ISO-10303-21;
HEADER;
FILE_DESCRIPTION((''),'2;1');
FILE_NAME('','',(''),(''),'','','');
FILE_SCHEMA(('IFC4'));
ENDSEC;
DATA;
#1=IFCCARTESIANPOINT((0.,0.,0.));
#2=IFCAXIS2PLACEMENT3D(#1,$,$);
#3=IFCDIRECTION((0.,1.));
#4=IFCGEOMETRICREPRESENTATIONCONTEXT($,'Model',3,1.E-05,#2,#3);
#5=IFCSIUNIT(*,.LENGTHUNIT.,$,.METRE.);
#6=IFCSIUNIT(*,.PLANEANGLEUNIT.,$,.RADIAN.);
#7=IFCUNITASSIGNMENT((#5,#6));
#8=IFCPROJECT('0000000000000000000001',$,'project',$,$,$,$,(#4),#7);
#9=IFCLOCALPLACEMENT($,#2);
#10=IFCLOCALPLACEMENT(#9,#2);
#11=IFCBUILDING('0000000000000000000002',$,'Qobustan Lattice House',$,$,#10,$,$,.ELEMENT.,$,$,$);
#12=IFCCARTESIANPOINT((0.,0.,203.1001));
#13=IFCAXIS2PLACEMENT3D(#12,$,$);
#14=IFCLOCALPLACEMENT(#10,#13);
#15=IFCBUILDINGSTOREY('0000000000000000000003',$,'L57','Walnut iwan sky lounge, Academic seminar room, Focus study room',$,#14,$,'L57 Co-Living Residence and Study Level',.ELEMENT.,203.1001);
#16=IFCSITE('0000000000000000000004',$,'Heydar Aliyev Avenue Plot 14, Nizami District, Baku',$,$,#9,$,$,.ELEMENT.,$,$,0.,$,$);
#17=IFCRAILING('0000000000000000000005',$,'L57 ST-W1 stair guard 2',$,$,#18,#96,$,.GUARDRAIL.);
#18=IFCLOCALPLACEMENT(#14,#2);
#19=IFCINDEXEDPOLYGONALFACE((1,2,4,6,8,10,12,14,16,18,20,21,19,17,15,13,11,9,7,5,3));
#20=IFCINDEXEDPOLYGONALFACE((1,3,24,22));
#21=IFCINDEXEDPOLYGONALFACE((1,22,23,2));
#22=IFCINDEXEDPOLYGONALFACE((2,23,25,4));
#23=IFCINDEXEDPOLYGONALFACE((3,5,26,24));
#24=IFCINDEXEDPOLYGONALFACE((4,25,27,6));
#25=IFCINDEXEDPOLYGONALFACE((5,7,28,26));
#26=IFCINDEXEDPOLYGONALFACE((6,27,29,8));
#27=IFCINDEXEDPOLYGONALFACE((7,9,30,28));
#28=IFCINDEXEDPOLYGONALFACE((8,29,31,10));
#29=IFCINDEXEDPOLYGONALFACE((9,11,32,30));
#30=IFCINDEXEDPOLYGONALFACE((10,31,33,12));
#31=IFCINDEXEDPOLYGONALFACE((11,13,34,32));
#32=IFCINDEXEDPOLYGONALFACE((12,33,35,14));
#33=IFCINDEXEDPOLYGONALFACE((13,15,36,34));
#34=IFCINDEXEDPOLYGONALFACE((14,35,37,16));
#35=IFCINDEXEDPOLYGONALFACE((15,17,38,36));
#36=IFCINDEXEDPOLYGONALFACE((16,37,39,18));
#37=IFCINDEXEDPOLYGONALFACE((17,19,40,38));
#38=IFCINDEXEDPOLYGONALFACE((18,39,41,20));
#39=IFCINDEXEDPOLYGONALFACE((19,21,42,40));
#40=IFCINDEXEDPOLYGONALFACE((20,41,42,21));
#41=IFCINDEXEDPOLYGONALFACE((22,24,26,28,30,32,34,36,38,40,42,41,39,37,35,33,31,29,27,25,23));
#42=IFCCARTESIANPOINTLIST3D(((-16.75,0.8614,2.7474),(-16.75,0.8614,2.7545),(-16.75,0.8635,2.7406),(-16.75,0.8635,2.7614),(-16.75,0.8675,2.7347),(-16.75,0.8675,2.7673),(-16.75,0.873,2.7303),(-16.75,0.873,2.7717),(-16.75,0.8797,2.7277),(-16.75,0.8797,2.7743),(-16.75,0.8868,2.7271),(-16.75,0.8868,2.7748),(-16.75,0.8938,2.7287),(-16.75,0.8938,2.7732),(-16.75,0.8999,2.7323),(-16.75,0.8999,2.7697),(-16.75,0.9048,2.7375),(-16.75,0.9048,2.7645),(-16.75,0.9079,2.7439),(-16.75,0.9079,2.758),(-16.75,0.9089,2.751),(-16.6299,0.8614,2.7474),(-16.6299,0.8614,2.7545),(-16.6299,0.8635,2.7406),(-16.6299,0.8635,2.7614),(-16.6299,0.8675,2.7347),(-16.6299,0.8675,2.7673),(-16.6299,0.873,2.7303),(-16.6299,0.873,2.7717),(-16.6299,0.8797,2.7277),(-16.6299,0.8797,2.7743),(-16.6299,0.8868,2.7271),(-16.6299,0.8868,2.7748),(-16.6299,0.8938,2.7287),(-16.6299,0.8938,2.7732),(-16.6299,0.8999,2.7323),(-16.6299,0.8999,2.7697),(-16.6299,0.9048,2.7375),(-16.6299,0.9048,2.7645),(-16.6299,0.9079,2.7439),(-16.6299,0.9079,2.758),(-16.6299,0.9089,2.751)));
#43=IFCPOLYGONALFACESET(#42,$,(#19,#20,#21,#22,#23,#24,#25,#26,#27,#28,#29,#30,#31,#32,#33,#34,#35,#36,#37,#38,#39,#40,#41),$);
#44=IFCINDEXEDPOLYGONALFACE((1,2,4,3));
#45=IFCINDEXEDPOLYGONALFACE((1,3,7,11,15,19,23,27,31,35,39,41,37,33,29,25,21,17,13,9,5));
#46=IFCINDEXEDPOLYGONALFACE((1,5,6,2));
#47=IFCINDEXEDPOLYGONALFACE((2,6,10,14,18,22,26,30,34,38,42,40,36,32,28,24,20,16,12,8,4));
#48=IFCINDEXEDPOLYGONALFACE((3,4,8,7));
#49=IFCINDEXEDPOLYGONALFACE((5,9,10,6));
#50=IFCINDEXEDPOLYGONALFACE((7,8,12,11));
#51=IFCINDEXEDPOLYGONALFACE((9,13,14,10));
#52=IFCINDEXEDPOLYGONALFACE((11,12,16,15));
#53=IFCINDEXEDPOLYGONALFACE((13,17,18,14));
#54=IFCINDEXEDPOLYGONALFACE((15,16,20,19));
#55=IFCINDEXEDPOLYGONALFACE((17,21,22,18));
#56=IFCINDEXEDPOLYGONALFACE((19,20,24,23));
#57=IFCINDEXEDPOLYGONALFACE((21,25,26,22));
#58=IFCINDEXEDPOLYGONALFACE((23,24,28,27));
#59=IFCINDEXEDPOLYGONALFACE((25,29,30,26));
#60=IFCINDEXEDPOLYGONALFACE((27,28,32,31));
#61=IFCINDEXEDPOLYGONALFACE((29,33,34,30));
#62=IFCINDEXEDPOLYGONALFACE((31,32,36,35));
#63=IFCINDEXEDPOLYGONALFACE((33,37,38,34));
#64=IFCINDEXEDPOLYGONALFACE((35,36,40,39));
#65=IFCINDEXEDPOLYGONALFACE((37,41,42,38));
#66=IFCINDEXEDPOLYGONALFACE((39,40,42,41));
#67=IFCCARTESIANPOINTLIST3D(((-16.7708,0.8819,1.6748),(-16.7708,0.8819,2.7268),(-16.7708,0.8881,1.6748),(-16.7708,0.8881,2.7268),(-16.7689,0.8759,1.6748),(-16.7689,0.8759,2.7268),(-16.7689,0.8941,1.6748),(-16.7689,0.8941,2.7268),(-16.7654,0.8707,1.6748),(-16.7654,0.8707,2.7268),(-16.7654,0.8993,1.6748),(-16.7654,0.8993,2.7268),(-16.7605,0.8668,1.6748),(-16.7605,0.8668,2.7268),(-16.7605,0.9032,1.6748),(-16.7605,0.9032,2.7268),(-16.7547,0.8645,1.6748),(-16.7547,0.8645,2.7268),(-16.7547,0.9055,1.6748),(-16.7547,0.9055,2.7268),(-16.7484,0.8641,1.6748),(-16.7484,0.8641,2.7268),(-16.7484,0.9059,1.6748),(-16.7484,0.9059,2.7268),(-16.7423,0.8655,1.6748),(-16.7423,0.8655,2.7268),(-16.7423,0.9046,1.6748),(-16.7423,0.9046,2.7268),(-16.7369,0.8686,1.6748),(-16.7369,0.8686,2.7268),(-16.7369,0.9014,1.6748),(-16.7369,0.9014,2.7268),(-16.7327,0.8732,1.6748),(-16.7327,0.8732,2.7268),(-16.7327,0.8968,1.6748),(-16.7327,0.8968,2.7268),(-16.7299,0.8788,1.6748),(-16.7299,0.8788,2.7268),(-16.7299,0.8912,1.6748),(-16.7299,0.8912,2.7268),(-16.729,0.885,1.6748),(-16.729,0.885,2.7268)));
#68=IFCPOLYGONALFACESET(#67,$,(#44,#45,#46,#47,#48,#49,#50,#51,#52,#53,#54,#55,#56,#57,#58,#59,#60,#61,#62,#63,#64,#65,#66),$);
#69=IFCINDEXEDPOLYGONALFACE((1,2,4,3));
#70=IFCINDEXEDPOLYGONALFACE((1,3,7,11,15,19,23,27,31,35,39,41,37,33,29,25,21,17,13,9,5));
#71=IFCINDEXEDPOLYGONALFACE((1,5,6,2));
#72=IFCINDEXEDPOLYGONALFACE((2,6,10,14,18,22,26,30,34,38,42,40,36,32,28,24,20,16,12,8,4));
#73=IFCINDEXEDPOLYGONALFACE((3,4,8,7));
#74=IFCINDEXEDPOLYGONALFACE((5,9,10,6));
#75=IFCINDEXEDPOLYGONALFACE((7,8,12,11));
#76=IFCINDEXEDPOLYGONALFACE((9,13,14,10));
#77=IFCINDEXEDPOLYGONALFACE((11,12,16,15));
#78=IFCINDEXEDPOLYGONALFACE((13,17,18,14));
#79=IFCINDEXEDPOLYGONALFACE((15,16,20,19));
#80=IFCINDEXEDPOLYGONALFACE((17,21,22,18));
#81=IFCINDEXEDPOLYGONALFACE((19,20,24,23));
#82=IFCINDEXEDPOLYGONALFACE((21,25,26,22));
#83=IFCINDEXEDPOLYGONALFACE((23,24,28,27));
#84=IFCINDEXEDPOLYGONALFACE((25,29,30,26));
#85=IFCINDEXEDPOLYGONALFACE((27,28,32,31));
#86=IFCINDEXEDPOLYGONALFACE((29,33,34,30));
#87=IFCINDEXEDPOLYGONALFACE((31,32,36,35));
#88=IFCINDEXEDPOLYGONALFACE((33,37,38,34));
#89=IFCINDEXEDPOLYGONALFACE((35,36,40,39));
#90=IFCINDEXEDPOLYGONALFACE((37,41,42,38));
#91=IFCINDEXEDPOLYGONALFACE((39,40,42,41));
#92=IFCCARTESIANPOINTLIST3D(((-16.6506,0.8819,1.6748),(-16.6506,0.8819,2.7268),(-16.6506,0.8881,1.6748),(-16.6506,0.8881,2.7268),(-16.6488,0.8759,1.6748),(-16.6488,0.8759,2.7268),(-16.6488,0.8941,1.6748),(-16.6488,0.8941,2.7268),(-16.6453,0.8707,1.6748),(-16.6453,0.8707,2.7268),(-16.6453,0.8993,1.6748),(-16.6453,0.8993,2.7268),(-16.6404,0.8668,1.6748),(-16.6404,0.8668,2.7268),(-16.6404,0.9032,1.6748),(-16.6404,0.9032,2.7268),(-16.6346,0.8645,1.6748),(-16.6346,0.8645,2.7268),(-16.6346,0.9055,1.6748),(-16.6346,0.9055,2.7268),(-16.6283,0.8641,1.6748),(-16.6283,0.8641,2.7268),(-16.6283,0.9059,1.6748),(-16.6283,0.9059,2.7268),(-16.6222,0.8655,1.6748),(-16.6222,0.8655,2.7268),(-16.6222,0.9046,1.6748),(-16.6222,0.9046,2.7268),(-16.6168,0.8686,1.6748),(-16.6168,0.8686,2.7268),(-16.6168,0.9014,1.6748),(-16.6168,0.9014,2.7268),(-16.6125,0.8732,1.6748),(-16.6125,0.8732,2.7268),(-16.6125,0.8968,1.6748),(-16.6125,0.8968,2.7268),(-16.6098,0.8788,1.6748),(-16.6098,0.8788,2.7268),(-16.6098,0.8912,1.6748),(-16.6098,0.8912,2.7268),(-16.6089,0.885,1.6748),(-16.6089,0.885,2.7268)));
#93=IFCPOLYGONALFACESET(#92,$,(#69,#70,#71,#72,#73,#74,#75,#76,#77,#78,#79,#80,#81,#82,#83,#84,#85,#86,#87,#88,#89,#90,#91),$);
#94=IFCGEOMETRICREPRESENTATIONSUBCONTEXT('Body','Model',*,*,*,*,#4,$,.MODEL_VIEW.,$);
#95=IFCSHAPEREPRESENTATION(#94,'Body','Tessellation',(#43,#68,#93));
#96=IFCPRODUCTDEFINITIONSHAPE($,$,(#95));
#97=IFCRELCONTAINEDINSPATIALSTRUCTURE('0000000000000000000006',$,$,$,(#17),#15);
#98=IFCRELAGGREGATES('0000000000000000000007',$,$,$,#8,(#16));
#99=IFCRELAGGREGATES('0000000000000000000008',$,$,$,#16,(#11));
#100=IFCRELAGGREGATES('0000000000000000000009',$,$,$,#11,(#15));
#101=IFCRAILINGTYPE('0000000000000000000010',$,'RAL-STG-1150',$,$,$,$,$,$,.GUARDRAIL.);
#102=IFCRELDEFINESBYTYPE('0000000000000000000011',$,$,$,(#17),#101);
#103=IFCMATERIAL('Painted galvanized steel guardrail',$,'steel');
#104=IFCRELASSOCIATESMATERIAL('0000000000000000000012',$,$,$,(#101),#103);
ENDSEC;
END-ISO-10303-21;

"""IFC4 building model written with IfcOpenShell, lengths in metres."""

from ifc_helpers import new_model, si_unit, direction, frame, origin, origin_2d, place, context, subcontext, project, spatial, circle, extrude, material, type_object, element, save


model = new_model("IFC4")

# Units and contexts
model_context = context("Model", 3, precision=1e-05, world=origin(), true_north=direction((0.0, 1.0)))
body_context = subcontext(model_context, "Body", "Model", "MODEL_VIEW")
ifc_project = project(units=[si_unit("LENGTHUNIT", "METRE"), si_unit("PLANEANGLEUNIT", "RADIAN")], contexts=[model_context])

# Site, building, storey
site_placement = place(None, origin())
site = spatial("IfcSite", under=ifc_project, at=site_placement, Name="Heydar Aliyev Avenue Plot 14, Nizami District, Baku", CompositionType="ELEMENT", RefElevation=0.0)
building_placement = place(site_placement, origin())
building = spatial("IfcBuilding", under=site, at=building_placement, Name="Qobustan Lattice House", CompositionType="ELEMENT")
storey_placement = place(building_placement, frame((0.0, 0.0, 203.1001)))
storey = spatial("IfcBuildingStorey", under=building, at=storey_placement, Name="L57", Description="Walnut iwan sky lounge, Academic seminar room, Focus study room", LongName="L57 Co-Living Residence and Study Level", CompositionType="ELEMENT", Elevation=203.1001)

# Railing
ifc_material_1 = material(Name="Painted galvanized steel guardrail", Category="steel")
railing_type_1 = type_object("IfcRailingType", Name="RAL-STG-1150", PredefinedType="GUARDRAIL", material=ifc_material_1)
railing_1_placement = place(storey_placement, frame((-16.75, 0.885, 1.6748)))
element("IfcRailing", 1, at=railing_1_placement, inside=storey, type_object=railing_type_1, Name="L57 ST-W1 stair guard 2", PredefinedType="GUARDRAIL", context=body_context, shape_type="SweptSolid", body=[
    extrude(circle(Radius=0.0239, at=origin_2d()), frame((0.0, 0.0, 1.0762), z_axis=(1.0, 0.0, 0.0), x_axis=(0.0, 1.0, 0.0)), (0.0, 0.0, 1.0), 0.1201),
    extrude(circle(Radius=0.021, at=origin_2d()), origin(), (0.0, 0.0, 1.0), 1.052),
    extrude(circle(Radius=0.021, at=origin_2d()), frame((0.1201, 0.0, 0.0)), (0.0, 0.0, 1.0), 1.052),
])

save(model, "model.ifc")
